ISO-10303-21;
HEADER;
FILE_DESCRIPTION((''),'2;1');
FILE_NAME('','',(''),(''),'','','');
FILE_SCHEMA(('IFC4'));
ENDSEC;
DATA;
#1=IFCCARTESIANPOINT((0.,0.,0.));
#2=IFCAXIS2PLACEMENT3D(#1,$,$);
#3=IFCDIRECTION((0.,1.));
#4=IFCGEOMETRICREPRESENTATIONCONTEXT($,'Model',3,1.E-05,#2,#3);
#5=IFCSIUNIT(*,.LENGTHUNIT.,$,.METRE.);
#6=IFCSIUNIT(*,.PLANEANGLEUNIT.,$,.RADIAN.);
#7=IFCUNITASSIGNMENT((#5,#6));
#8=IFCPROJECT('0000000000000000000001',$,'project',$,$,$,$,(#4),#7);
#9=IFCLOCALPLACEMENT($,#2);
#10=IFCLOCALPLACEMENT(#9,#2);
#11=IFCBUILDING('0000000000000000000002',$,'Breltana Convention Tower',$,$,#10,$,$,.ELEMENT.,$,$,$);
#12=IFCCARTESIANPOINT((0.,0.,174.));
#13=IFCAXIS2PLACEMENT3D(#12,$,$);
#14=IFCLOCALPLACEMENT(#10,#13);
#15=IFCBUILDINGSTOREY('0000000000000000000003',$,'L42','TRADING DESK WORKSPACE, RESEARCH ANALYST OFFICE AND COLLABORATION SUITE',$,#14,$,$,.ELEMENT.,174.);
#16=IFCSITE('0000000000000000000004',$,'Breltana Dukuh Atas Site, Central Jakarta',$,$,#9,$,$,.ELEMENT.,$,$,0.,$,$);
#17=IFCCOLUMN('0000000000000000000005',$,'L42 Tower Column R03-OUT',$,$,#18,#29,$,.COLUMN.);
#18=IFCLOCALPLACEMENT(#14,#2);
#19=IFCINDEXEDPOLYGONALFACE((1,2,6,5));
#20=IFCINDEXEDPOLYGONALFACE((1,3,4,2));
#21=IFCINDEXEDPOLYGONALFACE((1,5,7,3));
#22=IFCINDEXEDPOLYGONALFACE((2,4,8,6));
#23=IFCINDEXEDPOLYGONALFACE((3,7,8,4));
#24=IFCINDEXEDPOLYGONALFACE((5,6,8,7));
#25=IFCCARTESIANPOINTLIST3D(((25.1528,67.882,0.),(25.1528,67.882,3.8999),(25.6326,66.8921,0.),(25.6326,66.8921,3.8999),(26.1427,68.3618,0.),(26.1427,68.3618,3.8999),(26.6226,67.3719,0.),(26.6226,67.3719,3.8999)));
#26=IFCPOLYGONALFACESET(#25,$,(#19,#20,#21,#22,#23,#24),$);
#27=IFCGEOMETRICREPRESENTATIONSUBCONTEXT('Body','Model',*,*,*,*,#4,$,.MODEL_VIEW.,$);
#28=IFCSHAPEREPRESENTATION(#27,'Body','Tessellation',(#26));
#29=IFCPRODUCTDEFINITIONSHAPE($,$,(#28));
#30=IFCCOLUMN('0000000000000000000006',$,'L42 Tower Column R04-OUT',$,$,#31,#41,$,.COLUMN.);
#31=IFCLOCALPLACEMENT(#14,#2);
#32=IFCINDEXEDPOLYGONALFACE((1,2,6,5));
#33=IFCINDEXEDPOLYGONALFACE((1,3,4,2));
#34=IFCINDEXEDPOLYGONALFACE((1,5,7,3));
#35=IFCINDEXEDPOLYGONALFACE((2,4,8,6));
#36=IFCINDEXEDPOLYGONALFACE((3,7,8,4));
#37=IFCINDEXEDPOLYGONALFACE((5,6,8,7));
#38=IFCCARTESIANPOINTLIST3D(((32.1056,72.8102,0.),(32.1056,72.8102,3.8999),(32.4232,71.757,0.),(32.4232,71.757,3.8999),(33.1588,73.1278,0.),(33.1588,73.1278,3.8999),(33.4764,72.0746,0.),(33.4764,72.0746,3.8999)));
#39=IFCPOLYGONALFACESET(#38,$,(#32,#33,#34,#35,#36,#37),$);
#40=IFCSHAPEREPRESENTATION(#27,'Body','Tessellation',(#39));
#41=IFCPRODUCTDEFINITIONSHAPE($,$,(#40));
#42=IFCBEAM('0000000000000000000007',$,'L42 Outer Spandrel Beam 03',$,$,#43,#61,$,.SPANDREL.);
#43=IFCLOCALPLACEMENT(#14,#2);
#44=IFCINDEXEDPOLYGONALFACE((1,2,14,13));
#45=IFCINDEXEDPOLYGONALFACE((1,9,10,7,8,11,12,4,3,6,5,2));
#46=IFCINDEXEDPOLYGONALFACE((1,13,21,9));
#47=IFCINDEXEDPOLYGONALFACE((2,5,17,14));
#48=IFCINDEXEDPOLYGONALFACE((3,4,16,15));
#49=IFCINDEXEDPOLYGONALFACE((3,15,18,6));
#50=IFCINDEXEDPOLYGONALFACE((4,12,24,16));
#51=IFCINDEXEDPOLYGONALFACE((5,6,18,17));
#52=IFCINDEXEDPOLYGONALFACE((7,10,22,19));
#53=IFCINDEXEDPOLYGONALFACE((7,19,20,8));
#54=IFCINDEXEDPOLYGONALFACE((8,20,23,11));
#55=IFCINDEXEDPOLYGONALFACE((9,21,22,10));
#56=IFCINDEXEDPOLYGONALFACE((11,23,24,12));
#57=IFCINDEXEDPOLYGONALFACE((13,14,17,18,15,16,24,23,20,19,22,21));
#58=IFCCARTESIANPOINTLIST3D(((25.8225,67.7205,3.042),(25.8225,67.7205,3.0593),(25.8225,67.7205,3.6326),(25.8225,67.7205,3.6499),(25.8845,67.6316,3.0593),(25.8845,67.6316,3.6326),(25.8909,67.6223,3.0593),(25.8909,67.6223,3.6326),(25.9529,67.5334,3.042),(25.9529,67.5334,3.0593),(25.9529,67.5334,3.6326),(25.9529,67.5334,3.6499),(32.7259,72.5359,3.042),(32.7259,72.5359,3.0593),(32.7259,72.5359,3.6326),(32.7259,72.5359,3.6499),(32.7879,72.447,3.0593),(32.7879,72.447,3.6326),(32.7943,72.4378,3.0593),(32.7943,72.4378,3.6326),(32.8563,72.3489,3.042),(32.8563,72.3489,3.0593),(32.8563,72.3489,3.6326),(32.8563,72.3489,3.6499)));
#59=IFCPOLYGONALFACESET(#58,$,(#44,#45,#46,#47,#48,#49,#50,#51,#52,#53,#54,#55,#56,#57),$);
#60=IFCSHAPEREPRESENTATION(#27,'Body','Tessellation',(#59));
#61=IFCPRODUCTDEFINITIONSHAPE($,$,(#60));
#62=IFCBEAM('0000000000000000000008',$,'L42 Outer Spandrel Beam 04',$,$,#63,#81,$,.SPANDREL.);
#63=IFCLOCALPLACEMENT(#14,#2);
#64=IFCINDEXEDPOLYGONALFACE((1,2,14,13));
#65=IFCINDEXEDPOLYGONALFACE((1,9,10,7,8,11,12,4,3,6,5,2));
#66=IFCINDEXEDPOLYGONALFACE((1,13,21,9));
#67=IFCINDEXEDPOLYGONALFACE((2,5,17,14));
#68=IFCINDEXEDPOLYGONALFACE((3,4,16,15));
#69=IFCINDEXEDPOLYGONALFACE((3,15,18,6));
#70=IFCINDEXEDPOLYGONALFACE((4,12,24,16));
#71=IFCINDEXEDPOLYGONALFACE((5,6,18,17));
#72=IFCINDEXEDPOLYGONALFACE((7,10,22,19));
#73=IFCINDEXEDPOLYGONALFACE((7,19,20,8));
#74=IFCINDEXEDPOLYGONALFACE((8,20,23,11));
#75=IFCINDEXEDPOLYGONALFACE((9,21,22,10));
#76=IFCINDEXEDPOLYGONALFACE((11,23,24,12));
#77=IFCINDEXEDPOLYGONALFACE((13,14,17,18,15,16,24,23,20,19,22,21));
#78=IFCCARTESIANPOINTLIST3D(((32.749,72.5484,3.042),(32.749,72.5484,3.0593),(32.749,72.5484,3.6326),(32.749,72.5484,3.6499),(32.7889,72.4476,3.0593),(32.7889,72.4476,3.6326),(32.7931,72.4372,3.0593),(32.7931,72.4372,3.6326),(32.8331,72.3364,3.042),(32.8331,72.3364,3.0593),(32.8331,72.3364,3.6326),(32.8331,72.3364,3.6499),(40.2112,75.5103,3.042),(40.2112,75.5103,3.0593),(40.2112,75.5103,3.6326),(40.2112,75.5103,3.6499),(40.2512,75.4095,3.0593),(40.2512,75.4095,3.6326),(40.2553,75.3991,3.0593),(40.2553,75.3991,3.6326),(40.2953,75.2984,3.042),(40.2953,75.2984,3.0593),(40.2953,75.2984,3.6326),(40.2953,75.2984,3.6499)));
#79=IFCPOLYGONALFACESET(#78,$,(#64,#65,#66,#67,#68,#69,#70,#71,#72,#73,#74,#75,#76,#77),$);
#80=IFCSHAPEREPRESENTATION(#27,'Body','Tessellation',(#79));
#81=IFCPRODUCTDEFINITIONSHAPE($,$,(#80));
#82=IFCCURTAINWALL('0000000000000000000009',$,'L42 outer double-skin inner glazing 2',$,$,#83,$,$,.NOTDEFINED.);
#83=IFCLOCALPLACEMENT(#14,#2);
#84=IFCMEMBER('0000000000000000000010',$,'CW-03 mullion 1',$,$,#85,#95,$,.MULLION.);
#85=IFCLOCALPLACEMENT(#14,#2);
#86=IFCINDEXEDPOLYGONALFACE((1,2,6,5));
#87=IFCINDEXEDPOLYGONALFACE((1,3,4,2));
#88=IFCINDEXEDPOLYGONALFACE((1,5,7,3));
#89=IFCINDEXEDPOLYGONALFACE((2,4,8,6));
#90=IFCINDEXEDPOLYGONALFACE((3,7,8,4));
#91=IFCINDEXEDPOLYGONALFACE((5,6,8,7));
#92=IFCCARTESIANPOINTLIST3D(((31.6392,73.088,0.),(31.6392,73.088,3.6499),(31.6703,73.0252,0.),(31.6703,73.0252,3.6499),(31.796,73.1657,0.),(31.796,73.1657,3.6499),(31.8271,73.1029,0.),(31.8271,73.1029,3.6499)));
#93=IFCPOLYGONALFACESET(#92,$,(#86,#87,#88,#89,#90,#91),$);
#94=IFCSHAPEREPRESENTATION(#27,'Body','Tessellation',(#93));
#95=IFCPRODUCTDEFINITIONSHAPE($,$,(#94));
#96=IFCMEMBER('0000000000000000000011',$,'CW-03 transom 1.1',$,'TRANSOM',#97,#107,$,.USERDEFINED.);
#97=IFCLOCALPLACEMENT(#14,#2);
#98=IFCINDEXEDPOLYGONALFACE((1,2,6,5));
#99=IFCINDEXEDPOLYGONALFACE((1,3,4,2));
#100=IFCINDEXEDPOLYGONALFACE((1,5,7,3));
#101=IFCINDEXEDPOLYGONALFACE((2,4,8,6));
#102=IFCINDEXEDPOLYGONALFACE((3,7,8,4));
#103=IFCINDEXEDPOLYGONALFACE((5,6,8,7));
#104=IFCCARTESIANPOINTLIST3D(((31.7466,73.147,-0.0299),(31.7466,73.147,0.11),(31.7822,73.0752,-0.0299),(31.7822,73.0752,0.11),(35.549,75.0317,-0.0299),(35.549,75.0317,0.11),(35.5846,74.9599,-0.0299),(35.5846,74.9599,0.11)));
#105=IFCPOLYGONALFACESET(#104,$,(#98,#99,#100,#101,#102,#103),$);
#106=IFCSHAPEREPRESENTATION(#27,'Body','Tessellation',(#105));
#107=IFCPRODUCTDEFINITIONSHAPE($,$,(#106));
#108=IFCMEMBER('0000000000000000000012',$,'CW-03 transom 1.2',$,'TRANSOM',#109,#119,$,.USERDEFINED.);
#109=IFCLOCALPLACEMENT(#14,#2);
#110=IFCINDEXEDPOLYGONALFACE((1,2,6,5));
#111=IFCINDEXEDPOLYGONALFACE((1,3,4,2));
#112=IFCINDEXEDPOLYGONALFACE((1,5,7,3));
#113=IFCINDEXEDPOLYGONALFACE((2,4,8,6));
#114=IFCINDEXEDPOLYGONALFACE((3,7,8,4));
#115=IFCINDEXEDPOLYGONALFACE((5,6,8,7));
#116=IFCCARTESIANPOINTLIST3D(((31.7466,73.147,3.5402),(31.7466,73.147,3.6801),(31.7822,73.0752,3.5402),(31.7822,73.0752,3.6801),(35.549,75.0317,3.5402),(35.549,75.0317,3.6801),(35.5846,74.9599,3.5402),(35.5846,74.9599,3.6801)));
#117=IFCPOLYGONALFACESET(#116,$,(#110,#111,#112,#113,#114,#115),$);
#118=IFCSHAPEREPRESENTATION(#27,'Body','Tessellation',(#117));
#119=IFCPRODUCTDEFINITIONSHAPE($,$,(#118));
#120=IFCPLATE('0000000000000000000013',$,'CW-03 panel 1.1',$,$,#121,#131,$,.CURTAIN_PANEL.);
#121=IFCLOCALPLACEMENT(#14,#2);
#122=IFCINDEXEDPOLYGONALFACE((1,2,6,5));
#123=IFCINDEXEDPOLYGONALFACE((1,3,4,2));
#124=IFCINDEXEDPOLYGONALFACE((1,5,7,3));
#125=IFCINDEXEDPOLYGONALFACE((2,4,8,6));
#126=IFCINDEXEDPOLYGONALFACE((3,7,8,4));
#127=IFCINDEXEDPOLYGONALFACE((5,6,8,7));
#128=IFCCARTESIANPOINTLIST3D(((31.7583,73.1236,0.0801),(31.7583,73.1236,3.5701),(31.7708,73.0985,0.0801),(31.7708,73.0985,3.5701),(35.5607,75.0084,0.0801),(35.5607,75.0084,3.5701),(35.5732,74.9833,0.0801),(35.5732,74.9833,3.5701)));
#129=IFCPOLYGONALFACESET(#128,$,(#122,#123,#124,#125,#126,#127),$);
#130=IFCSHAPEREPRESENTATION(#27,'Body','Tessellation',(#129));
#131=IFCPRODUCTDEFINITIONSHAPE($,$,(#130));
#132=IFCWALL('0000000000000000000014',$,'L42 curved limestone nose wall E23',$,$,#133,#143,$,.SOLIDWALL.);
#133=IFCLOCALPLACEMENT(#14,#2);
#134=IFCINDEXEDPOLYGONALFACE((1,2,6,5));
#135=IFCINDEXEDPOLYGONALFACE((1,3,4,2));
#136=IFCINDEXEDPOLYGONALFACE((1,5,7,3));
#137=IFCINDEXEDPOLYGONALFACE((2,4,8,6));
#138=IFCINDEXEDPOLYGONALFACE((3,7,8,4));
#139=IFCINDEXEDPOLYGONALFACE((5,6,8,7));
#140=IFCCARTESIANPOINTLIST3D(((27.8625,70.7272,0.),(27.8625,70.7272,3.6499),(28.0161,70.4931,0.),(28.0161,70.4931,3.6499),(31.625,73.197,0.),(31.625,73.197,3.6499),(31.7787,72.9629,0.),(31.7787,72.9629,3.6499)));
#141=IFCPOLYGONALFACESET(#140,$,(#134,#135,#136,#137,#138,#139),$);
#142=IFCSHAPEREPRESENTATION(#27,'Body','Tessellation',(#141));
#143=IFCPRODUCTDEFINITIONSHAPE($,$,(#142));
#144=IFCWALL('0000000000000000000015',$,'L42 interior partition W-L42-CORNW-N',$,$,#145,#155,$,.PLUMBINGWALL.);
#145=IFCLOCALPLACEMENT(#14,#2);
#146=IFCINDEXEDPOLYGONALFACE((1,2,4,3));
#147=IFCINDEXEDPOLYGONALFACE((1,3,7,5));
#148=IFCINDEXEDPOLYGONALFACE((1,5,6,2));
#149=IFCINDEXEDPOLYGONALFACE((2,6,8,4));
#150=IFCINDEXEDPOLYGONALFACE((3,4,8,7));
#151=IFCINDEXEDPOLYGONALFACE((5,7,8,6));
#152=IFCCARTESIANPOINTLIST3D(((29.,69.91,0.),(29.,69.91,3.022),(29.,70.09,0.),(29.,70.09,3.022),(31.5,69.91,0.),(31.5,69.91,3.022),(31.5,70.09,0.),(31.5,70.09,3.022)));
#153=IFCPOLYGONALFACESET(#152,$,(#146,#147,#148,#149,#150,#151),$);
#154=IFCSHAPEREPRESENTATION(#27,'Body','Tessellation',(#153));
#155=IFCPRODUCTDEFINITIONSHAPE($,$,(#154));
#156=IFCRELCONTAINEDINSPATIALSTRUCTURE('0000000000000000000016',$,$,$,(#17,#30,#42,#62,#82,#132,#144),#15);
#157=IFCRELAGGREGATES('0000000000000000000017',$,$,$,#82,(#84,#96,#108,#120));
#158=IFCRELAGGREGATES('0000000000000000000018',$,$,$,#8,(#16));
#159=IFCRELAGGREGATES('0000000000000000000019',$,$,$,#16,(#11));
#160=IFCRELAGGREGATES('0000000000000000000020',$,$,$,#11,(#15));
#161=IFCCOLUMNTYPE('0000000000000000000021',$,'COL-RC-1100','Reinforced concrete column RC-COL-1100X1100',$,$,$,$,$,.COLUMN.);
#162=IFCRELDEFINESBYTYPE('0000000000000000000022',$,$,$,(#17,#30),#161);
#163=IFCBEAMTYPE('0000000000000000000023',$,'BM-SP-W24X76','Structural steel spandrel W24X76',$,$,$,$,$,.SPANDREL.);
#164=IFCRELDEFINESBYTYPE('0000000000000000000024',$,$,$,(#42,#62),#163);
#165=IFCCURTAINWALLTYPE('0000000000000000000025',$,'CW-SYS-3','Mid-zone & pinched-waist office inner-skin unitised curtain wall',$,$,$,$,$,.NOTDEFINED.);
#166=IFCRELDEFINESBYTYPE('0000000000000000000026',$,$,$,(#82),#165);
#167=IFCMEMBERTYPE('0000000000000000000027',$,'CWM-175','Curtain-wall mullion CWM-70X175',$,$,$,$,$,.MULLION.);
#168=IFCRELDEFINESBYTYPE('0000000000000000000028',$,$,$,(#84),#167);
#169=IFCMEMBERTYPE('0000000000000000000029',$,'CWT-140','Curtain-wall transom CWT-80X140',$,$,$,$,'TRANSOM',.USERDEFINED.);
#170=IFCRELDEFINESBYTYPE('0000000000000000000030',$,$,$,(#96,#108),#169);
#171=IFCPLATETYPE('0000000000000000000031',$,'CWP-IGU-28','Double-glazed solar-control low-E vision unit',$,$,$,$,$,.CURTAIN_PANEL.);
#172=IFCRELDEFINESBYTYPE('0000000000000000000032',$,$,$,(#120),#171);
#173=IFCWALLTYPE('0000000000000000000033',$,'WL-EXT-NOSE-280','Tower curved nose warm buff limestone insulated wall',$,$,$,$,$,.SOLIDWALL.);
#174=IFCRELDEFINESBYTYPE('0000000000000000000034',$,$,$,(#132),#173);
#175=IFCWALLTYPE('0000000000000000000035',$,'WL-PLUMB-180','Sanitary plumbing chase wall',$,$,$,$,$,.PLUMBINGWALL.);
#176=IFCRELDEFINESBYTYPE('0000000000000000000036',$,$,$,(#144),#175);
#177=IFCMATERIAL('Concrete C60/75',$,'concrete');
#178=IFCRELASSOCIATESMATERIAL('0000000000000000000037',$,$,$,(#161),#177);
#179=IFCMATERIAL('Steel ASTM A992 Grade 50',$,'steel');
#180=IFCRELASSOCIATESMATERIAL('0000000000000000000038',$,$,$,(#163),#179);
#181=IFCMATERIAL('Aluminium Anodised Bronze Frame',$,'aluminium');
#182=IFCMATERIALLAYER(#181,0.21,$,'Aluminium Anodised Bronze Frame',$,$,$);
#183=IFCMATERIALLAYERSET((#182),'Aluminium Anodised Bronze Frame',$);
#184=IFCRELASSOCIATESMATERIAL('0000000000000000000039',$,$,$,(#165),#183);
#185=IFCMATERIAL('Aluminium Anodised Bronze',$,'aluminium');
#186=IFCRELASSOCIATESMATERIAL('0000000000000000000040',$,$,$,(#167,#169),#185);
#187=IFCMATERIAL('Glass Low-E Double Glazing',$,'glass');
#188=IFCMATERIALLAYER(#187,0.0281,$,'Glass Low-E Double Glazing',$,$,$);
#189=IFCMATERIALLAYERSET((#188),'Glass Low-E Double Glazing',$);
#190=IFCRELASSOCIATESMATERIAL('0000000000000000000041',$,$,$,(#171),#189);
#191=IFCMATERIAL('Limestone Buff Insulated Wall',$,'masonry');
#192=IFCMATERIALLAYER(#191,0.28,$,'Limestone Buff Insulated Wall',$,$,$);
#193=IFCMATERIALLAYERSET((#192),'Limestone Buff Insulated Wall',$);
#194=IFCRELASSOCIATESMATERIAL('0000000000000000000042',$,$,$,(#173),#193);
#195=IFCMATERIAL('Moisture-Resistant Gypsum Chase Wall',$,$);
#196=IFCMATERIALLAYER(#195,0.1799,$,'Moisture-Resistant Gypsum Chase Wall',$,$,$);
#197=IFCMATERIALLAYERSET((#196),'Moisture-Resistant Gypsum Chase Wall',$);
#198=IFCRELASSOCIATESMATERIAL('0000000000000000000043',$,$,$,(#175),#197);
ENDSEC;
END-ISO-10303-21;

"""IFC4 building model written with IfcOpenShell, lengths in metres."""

from ifc_helpers import new_model, si_unit, direction, frame, frame_2d, origin, origin_2d, place, context, subcontext, project, spatial, rectangle, i_section, extrude, source, transform, mapped, material, layer, layer_set, material_profile, profile_set, type_object, element, aggregate, save


model = new_model("IFC4")

# Units and contexts
model_context = context("Model", 3, precision=1e-05, world=origin(), true_north=direction((0.0, 1.0)))
body_context = subcontext(model_context, "Body", "Model", "MODEL_VIEW")
ifc_project = project(units=[si_unit("LENGTHUNIT", "METRE"), si_unit("PLANEANGLEUNIT", "RADIAN")], contexts=[model_context])

# Site, building, storey
site_placement = place(None, origin())
site = spatial("IfcSite", under=ifc_project, at=site_placement, Name="Breltana Dukuh Atas Site, Central Jakarta", CompositionType="ELEMENT", RefElevation=0.0)
building_placement = place(site_placement, origin())
building = spatial("IfcBuilding", under=site, at=building_placement, Name="Breltana Convention Tower", CompositionType="ELEMENT")
storey_placement = place(building_placement, frame((0.0, 0.0, 174.0)))
storey = spatial("IfcBuildingStorey", under=building, at=storey_placement, Name="L42", Description="TRADING DESK WORKSPACE, RESEARCH ANALYST OFFICE AND COLLABORATION SUITE", CompositionType="ELEMENT", Elevation=174.0)

# Columns
ifc_material_1 = material(Name="Concrete C60/75", Category="concrete")
ifc_material_profile_1 = material_profile(ifc_material_1, rectangle(XDim=1.1001, YDim=1.1001, at=origin_2d()), Name="RC-COL-1100X1100")
ifc_profile_set_1 = profile_set([ifc_material_profile_1], Name="Concrete C60/75")
column_type = type_object("IfcColumnType", Name="COL-RC-1100", Description="Reinforced concrete column RC-COL-1100X1100", PredefinedType="COLUMN", material=ifc_profile_set_1)
shared_shape_1 = source(origin(), body_context, "Body", "SweptSolid", [
    extrude(rectangle(XDim=1.1001, YDim=1.1001, at=origin_2d()), origin(), (0.0, 0.0, 1.0), 3.8999),
])
for number, where, z_axis, x_axis, name in (
    (1, (25.8877, 67.627, 0.0), (0.0, 0.0, 1.0), (-0.436174, 0.899863, 0.0), "L42 Tower Column R03-OUT"),
    (2, (32.791, 72.4424, 0.0), (0.0, 0.0, 1.0), (-0.288698, 0.95742, 0.0), "L42 Tower Column R04-OUT"),
):
    element("IfcColumn", number, at=place(storey_placement, frame(where, z_axis=z_axis, x_axis=x_axis)), inside=storey, type_object=column_type, Name=name, PredefinedType="COLUMN", context=body_context, shape_type="MappedRepresentation", body=[
        mapped(shared_shape_1, transform((0.0, 0.0, 0.0), scale=1.0)),
    ])

# Beams
ifc_material_2 = material(Name="Steel ASTM A992 Grade 50", Category="steel")
ifc_material_profile_2 = material_profile(ifc_material_2, i_section(OverallWidth=0.228, OverallDepth=0.6079, WebThickness=0.0112, FlangeThickness=0.0173, at=origin_2d()), Name="W24X76")
ifc_profile_set_2 = profile_set([ifc_material_profile_2], Name="Steel ASTM A992 Grade 50")
beam_type = type_object("IfcBeamType", Name="BM-SP-W24X76", Description="Structural steel spandrel W24X76", PredefinedType="SPANDREL", material=ifc_profile_set_2)
shared_shape_2 = source(origin(), body_context, "Body", "SweptSolid", [
    extrude(i_section(OverallWidth=0.228, OverallDepth=0.6079, WebThickness=0.0112, FlangeThickness=0.0173, at=origin_2d()), origin(), (0.0, 0.0, 1.0), 8.417),
])
beam_1_placement = place(storey_placement, frame((25.8877, 67.627, 3.3459), z_axis=(0.820174, 0.572114, 0.0), x_axis=(-0.572114, 0.820174, 0.0)))
element("IfcBeam", 3, at=beam_1_placement, inside=storey, type_object=beam_type, Name="L42 Outer Spandrel Beam 03", PredefinedType="SPANDREL", context=body_context, shape_type="MappedRepresentation", body=[
    mapped(shared_shape_2, transform((0.0, 0.0, 0.0), scale=1.0)),
])
shared_shape_3 = source(origin(), body_context, "Body", "SweptSolid", [
    extrude(i_section(OverallWidth=0.228, OverallDepth=0.6079, WebThickness=0.0112, FlangeThickness=0.0173, at=origin_2d()), origin(), (0.0, 0.0, 1.0), 8.0286),
])
beam_2_placement = place(storey_placement, frame((32.791, 72.4424, 3.3459), z_axis=(0.929459, 0.368925, 0.0), x_axis=(-0.368925, 0.929459, 0.0)))
element("IfcBeam", 4, at=beam_2_placement, inside=storey, type_object=beam_type, Name="L42 Outer Spandrel Beam 04", PredefinedType="SPANDREL", context=body_context, shape_type="MappedRepresentation", body=[
    mapped(shared_shape_3, transform((0.0, 0.0, 0.0), scale=1.0)),
])

# Curtain wall, members, plate
ifc_material_3 = material(Name="Aluminium Anodised Bronze Frame", Category="aluminium")
ifc_layer_1 = layer(ifc_material_3, 0.21, Name="Aluminium Anodised Bronze Frame")
ifc_layer_set_1 = layer_set([ifc_layer_1], Name="Aluminium Anodised Bronze Frame")
curtain_wall_type = type_object("IfcCurtainWallType", Name="CW-SYS-3", Description="Mid-zone & pinched-waist office inner-skin unitised curtain wall", PredefinedType="NOTDEFINED", material=ifc_layer_set_1)
curtain_wall_placement = place(storey_placement, origin())
curtain_wall = element("IfcCurtainWall", 5, at=curtain_wall_placement, inside=storey, type_object=curtain_wall_type, Name="L42 outer double-skin inner glazing 2", PredefinedType="NOTDEFINED")
ifc_material_4 = material(Name="Aluminium Anodised Bronze", Category="aluminium")
ifc_material_profile_3 = material_profile(ifc_material_4, rectangle(XDim=0.0701, YDim=0.175, at=origin_2d()), Name="CWM-70X175")
ifc_profile_set_3 = profile_set([ifc_material_profile_3], Name="Aluminium Anodised Bronze")
member_type_1 = type_object("IfcMemberType", Name="CWM-175", Description="Curtain-wall mullion CWM-70X175", PredefinedType="MULLION", material=ifc_profile_set_3)
shared_shape_4 = source(origin(), body_context, "Body", "SweptSolid", [
    extrude(rectangle(XDim=0.0701, YDim=0.175, at=origin_2d()), origin(), (0.0, 0.0, 1.0), 3.6499),
])
member_1_placement = place(storey_placement, frame((31.7332, 73.0955, 0.0), z_axis=(0.0, 0.0, 1.0), x_axis=(-0.444118, 0.895968, 0.0)))
member_1 = element("IfcMember", 6, at=member_1_placement, type_object=member_type_1, Name="CW-03 mullion 1", PredefinedType="MULLION", context=body_context, shape_type="MappedRepresentation", body=[
    mapped(shared_shape_4, transform((0.0, 0.0, 0.0), scale=1.0)),
])
ifc_material_profile_4 = material_profile(ifc_material_4, rectangle(XDim=0.0801, YDim=0.1399, at=origin_2d()), Name="CWT-80X140")
ifc_profile_set_4 = profile_set([ifc_material_profile_4], Name="Aluminium Anodised Bronze")
member_type_2 = type_object("IfcMemberType", Name="CWT-140", Description="Curtain-wall transom CWT-80X140", ElementType="TRANSOM", PredefinedType="USERDEFINED", material=ifc_profile_set_4)
shared_shape_5 = source(origin(), body_context, "Body", "SweptSolid", [
    extrude(rectangle(XDim=0.0801, YDim=0.1399, at=origin_2d()), origin(), (0.0, 0.0, 1.0), 4.2439),
])
member_2_placement = place(storey_placement, frame((31.7644, 73.1111, 0.04), z_axis=(0.895975, 0.444104, 0.0), x_axis=(-0.444104, 0.895975, 0.0)))
member_2 = element("IfcMember", 7, at=member_2_placement, type_object=member_type_2, Name="CW-03 transom 1.1", ObjectType="TRANSOM", PredefinedType="USERDEFINED", context=body_context, shape_type="MappedRepresentation", body=[
    mapped(shared_shape_5, transform((0.0, 0.0, 0.0), scale=1.0)),
])
member_3_placement = place(storey_placement, frame((31.7644, 73.1111, 3.6101), z_axis=(0.895975, 0.444104, 0.0), x_axis=(-0.444104, 0.895975, 0.0)))
member_3 = element("IfcMember", 8, at=member_3_placement, type_object=member_type_2, Name="CW-03 transom 1.2", ObjectType="TRANSOM", PredefinedType="USERDEFINED", context=body_context, shape_type="MappedRepresentation", body=[
    mapped(shared_shape_5, transform((0.0, 0.0, 0.0), scale=1.0)),
])
ifc_material_5 = material(Name="Glass Low-E Double Glazing", Category="glass")
ifc_layer_2 = layer(ifc_material_5, 0.0281, Name="Glass Low-E Double Glazing")
ifc_layer_set_2 = layer_set([ifc_layer_2], Name="Glass Low-E Double Glazing")
plate_type = type_object("IfcPlateType", Name="CWP-IGU-28", Description="Double-glazed solar-control low-E vision unit", PredefinedType="CURTAIN_PANEL", material=ifc_layer_set_2)
shared_shape_6 = source(origin(), body_context, "Body", "SweptSolid", [
    extrude(rectangle(XDim=4.2439, YDim=0.0281, at=origin_2d()), origin(), (0.0, 0.0, 1.0), 3.49),
])
plate_placement = place(storey_placement, frame((33.6658, 74.0535, 0.0801), z_axis=(0.0, 0.0, 1.0), x_axis=(0.895968, 0.444118, 0.0)))
plate = element("IfcPlate", 9, at=plate_placement, type_object=plate_type, Name="CW-03 panel 1.1", PredefinedType="CURTAIN_PANEL", context=body_context, shape_type="MappedRepresentation", body=[
    mapped(shared_shape_6, transform((0.0, 0.0, 0.0), scale=1.0)),
])
aggregate(curtain_wall, [member_1, member_2, member_3, plate])

# Walls
ifc_material_6 = material(Name="Limestone Buff Insulated Wall", Category="masonry")
ifc_layer_3 = layer(ifc_material_6, 0.28, Name="Limestone Buff Insulated Wall")
ifc_layer_set_3 = layer_set([ifc_layer_3], Name="Limestone Buff Insulated Wall")
wall_type_1 = type_object("IfcWallType", Name="WL-EXT-NOSE-280", Description="Tower curved nose warm buff limestone insulated wall", PredefinedType="SOLIDWALL", material=ifc_layer_set_3)
shared_shape_7 = source(origin(), body_context, "Body", "SweptSolid", [
    extrude(rectangle(XDim=4.5007, YDim=0.28, at=frame_2d((2.2505, 0.0))), origin(), (0.0, 0.0, 1.0), 3.6499),
])
wall_1_placement = place(storey_placement, frame((27.9392, 70.6101, 0.0), z_axis=(0.0, 0.0, 1.0), x_axis=(0.835985, 0.548752, 0.0)))
element("IfcWall", 10, at=wall_1_placement, inside=storey, type_object=wall_type_1, Name="L42 curved limestone nose wall E23", PredefinedType="SOLIDWALL", context=body_context, shape_type="MappedRepresentation", body=[
    mapped(shared_shape_7, transform((0.0, 0.0, 0.0), scale=1.0)),
])
ifc_material_7 = material(Name="Moisture-Resistant Gypsum Chase Wall")
ifc_layer_4 = layer(ifc_material_7, 0.1799, Name="Moisture-Resistant Gypsum Chase Wall")
ifc_layer_set_4 = layer_set([ifc_layer_4], Name="Moisture-Resistant Gypsum Chase Wall")
wall_type_2 = type_object("IfcWallType", Name="WL-PLUMB-180", Description="Sanitary plumbing chase wall", PredefinedType="PLUMBINGWALL", material=ifc_layer_set_4)
shared_shape_8 = source(origin(), body_context, "Body", "SweptSolid", [
    extrude(rectangle(XDim=2.5, YDim=0.1799, at=frame_2d((1.25, 0.0))), origin(), (0.0, 0.0, 1.0), 3.022),
])
wall_2_placement = place(storey_placement, frame((29.0, 70.0, 0.0), z_axis=(0.0, 0.0, 1.0), x_axis=(1.0, 0.0, 0.0)))
element("IfcWall", 11, at=wall_2_placement, inside=storey, type_object=wall_type_2, Name="L42 interior partition W-L42-CORNW-N", PredefinedType="PLUMBINGWALL", context=body_context, shape_type="MappedRepresentation", body=[
    mapped(shared_shape_8, transform((0.0, 0.0, 0.0), scale=1.0)),
])

save(model, "model.ifc")
